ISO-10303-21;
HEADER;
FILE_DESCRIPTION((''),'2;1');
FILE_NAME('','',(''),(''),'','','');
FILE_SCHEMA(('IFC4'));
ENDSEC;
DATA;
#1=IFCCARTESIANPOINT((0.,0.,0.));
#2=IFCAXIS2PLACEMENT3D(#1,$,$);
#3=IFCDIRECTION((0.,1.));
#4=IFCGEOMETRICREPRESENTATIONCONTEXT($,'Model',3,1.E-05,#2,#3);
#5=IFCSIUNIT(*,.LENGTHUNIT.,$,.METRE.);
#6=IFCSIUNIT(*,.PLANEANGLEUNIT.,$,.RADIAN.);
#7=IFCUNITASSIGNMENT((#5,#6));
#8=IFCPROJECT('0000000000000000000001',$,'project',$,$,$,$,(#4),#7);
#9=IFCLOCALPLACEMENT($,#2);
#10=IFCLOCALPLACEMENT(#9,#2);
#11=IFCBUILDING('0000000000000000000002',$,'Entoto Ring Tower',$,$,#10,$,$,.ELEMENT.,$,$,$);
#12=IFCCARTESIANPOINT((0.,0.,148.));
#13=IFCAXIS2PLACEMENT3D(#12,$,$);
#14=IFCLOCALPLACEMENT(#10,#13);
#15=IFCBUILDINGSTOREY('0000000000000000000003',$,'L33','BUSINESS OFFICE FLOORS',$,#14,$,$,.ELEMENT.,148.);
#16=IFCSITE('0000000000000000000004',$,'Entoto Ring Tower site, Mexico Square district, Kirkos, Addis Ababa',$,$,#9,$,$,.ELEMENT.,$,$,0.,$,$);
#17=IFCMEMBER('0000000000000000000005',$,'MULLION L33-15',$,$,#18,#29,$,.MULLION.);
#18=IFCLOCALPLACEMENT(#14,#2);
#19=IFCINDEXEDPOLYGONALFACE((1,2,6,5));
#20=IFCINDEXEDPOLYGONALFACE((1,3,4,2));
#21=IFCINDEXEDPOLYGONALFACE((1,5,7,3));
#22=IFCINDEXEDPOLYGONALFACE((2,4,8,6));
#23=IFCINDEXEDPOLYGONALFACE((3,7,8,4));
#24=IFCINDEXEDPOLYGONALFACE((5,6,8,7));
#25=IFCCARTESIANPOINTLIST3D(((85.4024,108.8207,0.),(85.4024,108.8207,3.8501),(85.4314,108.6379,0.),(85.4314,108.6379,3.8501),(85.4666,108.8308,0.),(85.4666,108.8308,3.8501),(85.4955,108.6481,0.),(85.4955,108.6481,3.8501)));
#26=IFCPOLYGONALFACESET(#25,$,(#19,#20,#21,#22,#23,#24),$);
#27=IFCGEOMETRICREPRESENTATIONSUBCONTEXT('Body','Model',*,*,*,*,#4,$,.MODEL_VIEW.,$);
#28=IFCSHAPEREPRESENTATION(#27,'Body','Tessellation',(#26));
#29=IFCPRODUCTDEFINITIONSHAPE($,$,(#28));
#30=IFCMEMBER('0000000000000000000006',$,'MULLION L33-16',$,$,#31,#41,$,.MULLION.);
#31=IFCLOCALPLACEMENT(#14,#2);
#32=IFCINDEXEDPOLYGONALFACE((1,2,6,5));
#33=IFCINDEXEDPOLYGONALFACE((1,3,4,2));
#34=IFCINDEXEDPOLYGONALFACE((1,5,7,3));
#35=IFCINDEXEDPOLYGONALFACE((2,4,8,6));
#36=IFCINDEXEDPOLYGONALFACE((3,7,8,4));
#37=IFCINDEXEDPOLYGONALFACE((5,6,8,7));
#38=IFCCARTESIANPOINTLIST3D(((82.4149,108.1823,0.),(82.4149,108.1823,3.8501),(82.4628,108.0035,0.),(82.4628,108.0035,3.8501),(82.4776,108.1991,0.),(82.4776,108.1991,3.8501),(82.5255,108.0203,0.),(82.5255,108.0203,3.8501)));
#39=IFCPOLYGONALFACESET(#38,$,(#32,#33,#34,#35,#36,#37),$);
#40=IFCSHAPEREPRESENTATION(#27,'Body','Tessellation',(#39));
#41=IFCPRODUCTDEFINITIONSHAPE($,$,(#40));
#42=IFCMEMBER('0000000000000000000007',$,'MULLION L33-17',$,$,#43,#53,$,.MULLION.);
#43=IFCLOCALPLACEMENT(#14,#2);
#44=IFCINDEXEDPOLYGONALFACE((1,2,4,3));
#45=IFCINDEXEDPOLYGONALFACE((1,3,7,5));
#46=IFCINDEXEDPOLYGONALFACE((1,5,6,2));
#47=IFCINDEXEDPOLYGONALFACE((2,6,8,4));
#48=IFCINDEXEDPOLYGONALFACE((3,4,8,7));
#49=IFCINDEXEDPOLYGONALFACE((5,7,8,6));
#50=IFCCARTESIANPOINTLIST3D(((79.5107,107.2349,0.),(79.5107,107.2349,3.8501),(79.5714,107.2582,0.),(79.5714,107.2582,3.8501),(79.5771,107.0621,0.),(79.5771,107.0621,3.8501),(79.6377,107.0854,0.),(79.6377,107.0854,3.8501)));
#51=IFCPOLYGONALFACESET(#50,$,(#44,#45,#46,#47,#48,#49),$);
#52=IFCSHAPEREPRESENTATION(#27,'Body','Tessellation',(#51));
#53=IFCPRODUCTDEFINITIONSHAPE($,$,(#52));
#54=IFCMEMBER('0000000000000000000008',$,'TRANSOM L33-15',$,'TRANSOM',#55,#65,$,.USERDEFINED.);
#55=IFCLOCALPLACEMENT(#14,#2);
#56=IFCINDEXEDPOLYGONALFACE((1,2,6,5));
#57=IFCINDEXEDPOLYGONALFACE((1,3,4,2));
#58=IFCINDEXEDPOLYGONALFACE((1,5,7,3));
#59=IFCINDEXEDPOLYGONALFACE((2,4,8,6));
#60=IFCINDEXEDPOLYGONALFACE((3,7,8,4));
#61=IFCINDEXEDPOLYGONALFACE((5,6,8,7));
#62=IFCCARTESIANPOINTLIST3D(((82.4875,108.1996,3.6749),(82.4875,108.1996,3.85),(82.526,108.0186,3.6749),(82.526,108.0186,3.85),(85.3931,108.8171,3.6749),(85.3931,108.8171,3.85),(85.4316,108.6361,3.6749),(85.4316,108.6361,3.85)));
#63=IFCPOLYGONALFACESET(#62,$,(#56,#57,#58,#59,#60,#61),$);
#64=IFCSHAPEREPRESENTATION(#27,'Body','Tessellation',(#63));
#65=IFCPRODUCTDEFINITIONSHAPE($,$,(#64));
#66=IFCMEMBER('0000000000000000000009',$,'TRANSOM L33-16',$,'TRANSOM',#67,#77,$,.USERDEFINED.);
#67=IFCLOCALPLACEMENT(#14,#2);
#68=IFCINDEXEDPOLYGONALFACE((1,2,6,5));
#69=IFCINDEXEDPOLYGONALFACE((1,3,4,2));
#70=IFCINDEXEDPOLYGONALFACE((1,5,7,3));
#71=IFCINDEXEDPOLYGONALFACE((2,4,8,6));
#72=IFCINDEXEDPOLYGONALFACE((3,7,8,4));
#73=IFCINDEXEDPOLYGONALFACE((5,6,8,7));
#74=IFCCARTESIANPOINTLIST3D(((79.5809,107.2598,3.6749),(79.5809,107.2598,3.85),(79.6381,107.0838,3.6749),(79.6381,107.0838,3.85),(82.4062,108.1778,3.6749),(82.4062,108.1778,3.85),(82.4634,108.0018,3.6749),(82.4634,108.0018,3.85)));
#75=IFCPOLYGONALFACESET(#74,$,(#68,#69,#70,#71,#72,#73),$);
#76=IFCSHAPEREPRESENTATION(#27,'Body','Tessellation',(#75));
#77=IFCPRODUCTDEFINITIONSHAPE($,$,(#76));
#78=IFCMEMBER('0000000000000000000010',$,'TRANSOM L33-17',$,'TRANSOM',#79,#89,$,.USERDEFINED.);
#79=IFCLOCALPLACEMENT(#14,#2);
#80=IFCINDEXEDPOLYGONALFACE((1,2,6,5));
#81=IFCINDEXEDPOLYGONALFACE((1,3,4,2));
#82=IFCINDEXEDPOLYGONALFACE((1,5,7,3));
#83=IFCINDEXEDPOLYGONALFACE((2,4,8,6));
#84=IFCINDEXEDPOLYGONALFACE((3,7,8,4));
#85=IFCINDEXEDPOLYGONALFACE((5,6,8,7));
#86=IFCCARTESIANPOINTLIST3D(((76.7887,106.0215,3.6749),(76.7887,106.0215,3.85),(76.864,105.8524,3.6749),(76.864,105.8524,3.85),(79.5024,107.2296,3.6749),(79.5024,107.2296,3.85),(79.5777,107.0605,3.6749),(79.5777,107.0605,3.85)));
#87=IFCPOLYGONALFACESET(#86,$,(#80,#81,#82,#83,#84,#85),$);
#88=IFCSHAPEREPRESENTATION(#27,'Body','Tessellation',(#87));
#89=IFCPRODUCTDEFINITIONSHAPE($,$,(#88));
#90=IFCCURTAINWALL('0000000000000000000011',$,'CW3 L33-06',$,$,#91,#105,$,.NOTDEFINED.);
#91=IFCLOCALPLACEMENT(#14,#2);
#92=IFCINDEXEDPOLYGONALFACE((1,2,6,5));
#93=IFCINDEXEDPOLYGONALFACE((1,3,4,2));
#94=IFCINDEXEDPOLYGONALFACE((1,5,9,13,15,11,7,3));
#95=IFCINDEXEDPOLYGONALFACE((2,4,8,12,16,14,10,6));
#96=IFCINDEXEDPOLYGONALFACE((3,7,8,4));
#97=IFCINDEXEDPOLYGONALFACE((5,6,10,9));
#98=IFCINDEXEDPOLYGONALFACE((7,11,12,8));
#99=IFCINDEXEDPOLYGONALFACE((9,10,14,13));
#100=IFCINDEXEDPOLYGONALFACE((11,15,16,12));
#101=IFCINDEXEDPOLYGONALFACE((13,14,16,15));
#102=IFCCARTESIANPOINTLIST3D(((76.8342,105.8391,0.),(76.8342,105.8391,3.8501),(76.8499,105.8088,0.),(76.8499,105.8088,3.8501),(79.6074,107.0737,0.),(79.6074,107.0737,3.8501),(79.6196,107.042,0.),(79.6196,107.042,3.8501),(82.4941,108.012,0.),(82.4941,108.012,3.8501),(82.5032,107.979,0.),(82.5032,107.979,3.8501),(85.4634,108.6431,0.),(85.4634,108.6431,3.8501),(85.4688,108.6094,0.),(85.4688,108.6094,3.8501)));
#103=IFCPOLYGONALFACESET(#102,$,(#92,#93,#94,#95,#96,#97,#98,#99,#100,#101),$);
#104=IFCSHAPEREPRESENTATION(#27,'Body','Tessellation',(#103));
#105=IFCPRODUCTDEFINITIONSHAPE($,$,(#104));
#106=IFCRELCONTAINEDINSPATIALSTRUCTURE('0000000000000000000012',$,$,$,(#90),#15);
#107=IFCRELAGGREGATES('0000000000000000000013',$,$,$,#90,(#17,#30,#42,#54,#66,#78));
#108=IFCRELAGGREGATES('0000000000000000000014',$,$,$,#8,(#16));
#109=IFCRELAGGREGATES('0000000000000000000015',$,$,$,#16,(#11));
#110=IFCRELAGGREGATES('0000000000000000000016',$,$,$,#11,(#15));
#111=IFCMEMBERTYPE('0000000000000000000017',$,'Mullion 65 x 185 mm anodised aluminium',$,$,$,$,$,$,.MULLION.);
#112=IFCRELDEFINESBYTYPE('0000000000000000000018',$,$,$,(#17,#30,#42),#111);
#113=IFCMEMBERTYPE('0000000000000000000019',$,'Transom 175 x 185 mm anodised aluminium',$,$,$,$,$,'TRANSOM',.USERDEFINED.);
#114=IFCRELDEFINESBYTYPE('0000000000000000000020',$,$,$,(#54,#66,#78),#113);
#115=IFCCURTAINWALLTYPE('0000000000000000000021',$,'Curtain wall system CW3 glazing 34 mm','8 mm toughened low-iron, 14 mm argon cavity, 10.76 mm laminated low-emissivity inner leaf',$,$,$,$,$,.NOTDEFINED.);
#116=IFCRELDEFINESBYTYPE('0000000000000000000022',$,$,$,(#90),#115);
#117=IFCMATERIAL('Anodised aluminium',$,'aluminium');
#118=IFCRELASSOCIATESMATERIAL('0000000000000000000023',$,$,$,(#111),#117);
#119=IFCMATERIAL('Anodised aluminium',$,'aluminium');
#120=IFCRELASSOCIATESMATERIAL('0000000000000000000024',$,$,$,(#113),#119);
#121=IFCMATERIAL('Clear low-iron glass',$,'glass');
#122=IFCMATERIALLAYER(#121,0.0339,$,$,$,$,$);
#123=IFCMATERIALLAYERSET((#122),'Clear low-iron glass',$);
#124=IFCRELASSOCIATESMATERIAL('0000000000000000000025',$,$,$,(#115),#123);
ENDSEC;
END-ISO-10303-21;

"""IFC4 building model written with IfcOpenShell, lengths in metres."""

from ifc_helpers import new_model, si_unit, direction, frame, origin, origin_2d, place, context, subcontext, project, spatial, polyline, rectangle, outline, extrude, material, layer, layer_set, material_profile, profile_set, type_object, element, aggregate, save


model = new_model("IFC4")

# Units and contexts
model_context = context("Model", 3, precision=1e-05, world=origin(), true_north=direction((0.0, 1.0)))
body_context = subcontext(model_context, "Body", "Model", "MODEL_VIEW")
ifc_project = project(units=[si_unit("LENGTHUNIT", "METRE"), si_unit("PLANEANGLEUNIT", "RADIAN")], contexts=[model_context])

# Members
ifc_material_1 = material(Name="Anodised aluminium", Category="aluminium")
ifc_material_profile_1 = material_profile(ifc_material_1, rectangle(XDim=0.0649, YDim=0.1851, at=origin_2d()), Name="Mullion 65 x 185 mm anodised aluminium")
ifc_profile_set_1 = profile_set([ifc_material_profile_1], Name="Anodised aluminium")
member_type_1 = type_object("IfcMemberType", Name="Mullion 65 x 185 mm anodised aluminium", PredefinedType="MULLION", material=ifc_profile_set_1)
site_placement = place(None, origin())
building_placement = place(site_placement, origin())
storey_placement = place(building_placement, frame((0.0, 0.0, 148.0)))
member_1_placement = place(storey_placement, frame((85.449, 108.7344, 0.0), z_axis=(0.0, 0.0, 1.0), x_axis=(-0.987688, -0.156434, 0.0)))
member_1 = element("IfcMember", 1, at=member_1_placement, type_object=member_type_1, Name="MULLION L33-15", PredefinedType="MULLION", context=body_context, shape_type="SweptSolid", body=[
    extrude(rectangle(XDim=0.0649, YDim=0.1851, at=origin_2d()), origin(), (0.0, 0.0, 1.0), 3.8501),
])
member_2_placement = place(storey_placement, frame((82.4702, 108.1013, 0.0), z_axis=(0.0, 0.0, 1.0), x_axis=(-0.965926, -0.258819, 0.0)))
member_2 = element("IfcMember", 2, at=member_2_placement, type_object=member_type_1, Name="MULLION L33-16", PredefinedType="MULLION", context=body_context, shape_type="SweptSolid", body=[
    extrude(rectangle(XDim=0.0649, YDim=0.1851, at=origin_2d()), origin(), (0.0, 0.0, 1.0), 3.8501),
])
member_3_placement = place(storey_placement, frame((79.5742, 107.1602, 0.0), z_axis=(0.0, 0.0, 1.0), x_axis=(-0.93358, -0.358368, 0.0)))
member_3 = element("IfcMember", 3, at=member_3_placement, type_object=member_type_1, Name="MULLION L33-17", PredefinedType="MULLION", context=body_context, shape_type="SweptSolid", body=[
    extrude(rectangle(XDim=0.0649, YDim=0.1851, at=origin_2d()), origin(), (0.0, 0.0, 1.0), 3.8501),
])
ifc_material_2 = material(Name="Anodised aluminium", Category="aluminium")
ifc_material_profile_2 = material_profile(ifc_material_2, rectangle(XDim=0.1851, YDim=0.175, at=origin_2d()), Name="Transom 175 x 185 mm anodised aluminium")
ifc_profile_set_2 = profile_set([ifc_material_profile_2], Name="Anodised aluminium")
member_type_2 = type_object("IfcMemberType", Name="Transom 175 x 185 mm anodised aluminium", ElementType="TRANSOM", PredefinedType="USERDEFINED", material=ifc_profile_set_2)
member_4_placement = place(storey_placement, frame((85.4124, 108.7266, 3.7625), z_axis=(-0.978158, -0.207862, 0.0), x_axis=(0.207862, -0.978158, 0.0)))
member_4 = element("IfcMember", 4, at=member_4_placement, type_object=member_type_2, Name="TRANSOM L33-15", ObjectType="TRANSOM", PredefinedType="USERDEFINED", context=body_context, shape_type="SweptSolid", body=[
    extrude(rectangle(XDim=0.1851, YDim=0.175, at=origin_2d()), origin(), (0.0, 0.0, 1.0), 2.9705),
])
member_5_placement = place(storey_placement, frame((82.4348, 108.0898, 3.7625), z_axis=(-0.951056, -0.309019, 0.0), x_axis=(0.309019, -0.951056, 0.0)))
member_5 = element("IfcMember", 5, at=member_5_placement, type_object=member_type_2, Name="TRANSOM L33-16", ObjectType="TRANSOM", PredefinedType="USERDEFINED", context=body_context, shape_type="SweptSolid", body=[
    extrude(rectangle(XDim=0.1851, YDim=0.175, at=origin_2d()), origin(), (0.0, 0.0, 1.0), 2.9707),
])
member_6_placement = place(storey_placement, frame((79.54, 107.145, 3.7625), z_axis=(-0.913567, -0.406687, 0.0), x_axis=(0.406687, -0.913567, 0.0)))
member_6 = element("IfcMember", 6, at=member_6_placement, type_object=member_type_2, Name="TRANSOM L33-17", ObjectType="TRANSOM", PredefinedType="USERDEFINED", context=body_context, shape_type="SweptSolid", body=[
    extrude(rectangle(XDim=0.1851, YDim=0.175, at=origin_2d()), origin(), (0.0, 0.0, 1.0), 2.9705),
])

# Site, building, storey
site = spatial("IfcSite", under=ifc_project, at=site_placement, Name="Entoto Ring Tower site, Mexico Square district, Kirkos, Addis Ababa", CompositionType="ELEMENT", RefElevation=0.0)
building = spatial("IfcBuilding", under=site, at=building_placement, Name="Entoto Ring Tower", CompositionType="ELEMENT")
storey = spatial("IfcBuildingStorey", under=building, at=storey_placement, Name="L33", Description="BUSINESS OFFICE FLOORS", CompositionType="ELEMENT", Elevation=148.0)

# Curtain wall
ifc_material_3 = material(Name="Clear low-iron glass", Category="glass")
ifc_layer = layer(ifc_material_3, 0.0339)
ifc_layer_set = layer_set([ifc_layer], Name="Clear low-iron glass")
curtain_wall_type = type_object("IfcCurtainWallType", Name="Curtain wall system CW3 glazing 34 mm", Description="8 mm toughened low-iron, 14 mm argon cavity, 10.76 mm laminated low-emissivity inner leaf", PredefinedType="NOTDEFINED", material=ifc_layer_set)
curtain_wall_1_placement = place(storey_placement, origin())
curtain_wall_1 = element("IfcCurtainWall", 7, at=curtain_wall_1_placement, inside=storey, type_object=curtain_wall_type, Name="CW3 L33-06", PredefinedType="NOTDEFINED", context=body_context, shape_type="SweptSolid", body=[
    extrude(outline(polyline([(85.4634, 108.6431), (82.4941, 108.012), (79.6074, 107.0737), (76.8342, 105.8391), (76.8499, 105.8088), (79.6196, 107.042), (82.5032, 107.979), (85.4688, 108.6094), (85.4634, 108.6431)])), origin(), (0.0, 0.0, 1.0), 3.8501),
])
aggregate(curtain_wall_1, [member_1, member_2, member_3, member_4, member_5, member_6])

save(model, "model.ifc")
